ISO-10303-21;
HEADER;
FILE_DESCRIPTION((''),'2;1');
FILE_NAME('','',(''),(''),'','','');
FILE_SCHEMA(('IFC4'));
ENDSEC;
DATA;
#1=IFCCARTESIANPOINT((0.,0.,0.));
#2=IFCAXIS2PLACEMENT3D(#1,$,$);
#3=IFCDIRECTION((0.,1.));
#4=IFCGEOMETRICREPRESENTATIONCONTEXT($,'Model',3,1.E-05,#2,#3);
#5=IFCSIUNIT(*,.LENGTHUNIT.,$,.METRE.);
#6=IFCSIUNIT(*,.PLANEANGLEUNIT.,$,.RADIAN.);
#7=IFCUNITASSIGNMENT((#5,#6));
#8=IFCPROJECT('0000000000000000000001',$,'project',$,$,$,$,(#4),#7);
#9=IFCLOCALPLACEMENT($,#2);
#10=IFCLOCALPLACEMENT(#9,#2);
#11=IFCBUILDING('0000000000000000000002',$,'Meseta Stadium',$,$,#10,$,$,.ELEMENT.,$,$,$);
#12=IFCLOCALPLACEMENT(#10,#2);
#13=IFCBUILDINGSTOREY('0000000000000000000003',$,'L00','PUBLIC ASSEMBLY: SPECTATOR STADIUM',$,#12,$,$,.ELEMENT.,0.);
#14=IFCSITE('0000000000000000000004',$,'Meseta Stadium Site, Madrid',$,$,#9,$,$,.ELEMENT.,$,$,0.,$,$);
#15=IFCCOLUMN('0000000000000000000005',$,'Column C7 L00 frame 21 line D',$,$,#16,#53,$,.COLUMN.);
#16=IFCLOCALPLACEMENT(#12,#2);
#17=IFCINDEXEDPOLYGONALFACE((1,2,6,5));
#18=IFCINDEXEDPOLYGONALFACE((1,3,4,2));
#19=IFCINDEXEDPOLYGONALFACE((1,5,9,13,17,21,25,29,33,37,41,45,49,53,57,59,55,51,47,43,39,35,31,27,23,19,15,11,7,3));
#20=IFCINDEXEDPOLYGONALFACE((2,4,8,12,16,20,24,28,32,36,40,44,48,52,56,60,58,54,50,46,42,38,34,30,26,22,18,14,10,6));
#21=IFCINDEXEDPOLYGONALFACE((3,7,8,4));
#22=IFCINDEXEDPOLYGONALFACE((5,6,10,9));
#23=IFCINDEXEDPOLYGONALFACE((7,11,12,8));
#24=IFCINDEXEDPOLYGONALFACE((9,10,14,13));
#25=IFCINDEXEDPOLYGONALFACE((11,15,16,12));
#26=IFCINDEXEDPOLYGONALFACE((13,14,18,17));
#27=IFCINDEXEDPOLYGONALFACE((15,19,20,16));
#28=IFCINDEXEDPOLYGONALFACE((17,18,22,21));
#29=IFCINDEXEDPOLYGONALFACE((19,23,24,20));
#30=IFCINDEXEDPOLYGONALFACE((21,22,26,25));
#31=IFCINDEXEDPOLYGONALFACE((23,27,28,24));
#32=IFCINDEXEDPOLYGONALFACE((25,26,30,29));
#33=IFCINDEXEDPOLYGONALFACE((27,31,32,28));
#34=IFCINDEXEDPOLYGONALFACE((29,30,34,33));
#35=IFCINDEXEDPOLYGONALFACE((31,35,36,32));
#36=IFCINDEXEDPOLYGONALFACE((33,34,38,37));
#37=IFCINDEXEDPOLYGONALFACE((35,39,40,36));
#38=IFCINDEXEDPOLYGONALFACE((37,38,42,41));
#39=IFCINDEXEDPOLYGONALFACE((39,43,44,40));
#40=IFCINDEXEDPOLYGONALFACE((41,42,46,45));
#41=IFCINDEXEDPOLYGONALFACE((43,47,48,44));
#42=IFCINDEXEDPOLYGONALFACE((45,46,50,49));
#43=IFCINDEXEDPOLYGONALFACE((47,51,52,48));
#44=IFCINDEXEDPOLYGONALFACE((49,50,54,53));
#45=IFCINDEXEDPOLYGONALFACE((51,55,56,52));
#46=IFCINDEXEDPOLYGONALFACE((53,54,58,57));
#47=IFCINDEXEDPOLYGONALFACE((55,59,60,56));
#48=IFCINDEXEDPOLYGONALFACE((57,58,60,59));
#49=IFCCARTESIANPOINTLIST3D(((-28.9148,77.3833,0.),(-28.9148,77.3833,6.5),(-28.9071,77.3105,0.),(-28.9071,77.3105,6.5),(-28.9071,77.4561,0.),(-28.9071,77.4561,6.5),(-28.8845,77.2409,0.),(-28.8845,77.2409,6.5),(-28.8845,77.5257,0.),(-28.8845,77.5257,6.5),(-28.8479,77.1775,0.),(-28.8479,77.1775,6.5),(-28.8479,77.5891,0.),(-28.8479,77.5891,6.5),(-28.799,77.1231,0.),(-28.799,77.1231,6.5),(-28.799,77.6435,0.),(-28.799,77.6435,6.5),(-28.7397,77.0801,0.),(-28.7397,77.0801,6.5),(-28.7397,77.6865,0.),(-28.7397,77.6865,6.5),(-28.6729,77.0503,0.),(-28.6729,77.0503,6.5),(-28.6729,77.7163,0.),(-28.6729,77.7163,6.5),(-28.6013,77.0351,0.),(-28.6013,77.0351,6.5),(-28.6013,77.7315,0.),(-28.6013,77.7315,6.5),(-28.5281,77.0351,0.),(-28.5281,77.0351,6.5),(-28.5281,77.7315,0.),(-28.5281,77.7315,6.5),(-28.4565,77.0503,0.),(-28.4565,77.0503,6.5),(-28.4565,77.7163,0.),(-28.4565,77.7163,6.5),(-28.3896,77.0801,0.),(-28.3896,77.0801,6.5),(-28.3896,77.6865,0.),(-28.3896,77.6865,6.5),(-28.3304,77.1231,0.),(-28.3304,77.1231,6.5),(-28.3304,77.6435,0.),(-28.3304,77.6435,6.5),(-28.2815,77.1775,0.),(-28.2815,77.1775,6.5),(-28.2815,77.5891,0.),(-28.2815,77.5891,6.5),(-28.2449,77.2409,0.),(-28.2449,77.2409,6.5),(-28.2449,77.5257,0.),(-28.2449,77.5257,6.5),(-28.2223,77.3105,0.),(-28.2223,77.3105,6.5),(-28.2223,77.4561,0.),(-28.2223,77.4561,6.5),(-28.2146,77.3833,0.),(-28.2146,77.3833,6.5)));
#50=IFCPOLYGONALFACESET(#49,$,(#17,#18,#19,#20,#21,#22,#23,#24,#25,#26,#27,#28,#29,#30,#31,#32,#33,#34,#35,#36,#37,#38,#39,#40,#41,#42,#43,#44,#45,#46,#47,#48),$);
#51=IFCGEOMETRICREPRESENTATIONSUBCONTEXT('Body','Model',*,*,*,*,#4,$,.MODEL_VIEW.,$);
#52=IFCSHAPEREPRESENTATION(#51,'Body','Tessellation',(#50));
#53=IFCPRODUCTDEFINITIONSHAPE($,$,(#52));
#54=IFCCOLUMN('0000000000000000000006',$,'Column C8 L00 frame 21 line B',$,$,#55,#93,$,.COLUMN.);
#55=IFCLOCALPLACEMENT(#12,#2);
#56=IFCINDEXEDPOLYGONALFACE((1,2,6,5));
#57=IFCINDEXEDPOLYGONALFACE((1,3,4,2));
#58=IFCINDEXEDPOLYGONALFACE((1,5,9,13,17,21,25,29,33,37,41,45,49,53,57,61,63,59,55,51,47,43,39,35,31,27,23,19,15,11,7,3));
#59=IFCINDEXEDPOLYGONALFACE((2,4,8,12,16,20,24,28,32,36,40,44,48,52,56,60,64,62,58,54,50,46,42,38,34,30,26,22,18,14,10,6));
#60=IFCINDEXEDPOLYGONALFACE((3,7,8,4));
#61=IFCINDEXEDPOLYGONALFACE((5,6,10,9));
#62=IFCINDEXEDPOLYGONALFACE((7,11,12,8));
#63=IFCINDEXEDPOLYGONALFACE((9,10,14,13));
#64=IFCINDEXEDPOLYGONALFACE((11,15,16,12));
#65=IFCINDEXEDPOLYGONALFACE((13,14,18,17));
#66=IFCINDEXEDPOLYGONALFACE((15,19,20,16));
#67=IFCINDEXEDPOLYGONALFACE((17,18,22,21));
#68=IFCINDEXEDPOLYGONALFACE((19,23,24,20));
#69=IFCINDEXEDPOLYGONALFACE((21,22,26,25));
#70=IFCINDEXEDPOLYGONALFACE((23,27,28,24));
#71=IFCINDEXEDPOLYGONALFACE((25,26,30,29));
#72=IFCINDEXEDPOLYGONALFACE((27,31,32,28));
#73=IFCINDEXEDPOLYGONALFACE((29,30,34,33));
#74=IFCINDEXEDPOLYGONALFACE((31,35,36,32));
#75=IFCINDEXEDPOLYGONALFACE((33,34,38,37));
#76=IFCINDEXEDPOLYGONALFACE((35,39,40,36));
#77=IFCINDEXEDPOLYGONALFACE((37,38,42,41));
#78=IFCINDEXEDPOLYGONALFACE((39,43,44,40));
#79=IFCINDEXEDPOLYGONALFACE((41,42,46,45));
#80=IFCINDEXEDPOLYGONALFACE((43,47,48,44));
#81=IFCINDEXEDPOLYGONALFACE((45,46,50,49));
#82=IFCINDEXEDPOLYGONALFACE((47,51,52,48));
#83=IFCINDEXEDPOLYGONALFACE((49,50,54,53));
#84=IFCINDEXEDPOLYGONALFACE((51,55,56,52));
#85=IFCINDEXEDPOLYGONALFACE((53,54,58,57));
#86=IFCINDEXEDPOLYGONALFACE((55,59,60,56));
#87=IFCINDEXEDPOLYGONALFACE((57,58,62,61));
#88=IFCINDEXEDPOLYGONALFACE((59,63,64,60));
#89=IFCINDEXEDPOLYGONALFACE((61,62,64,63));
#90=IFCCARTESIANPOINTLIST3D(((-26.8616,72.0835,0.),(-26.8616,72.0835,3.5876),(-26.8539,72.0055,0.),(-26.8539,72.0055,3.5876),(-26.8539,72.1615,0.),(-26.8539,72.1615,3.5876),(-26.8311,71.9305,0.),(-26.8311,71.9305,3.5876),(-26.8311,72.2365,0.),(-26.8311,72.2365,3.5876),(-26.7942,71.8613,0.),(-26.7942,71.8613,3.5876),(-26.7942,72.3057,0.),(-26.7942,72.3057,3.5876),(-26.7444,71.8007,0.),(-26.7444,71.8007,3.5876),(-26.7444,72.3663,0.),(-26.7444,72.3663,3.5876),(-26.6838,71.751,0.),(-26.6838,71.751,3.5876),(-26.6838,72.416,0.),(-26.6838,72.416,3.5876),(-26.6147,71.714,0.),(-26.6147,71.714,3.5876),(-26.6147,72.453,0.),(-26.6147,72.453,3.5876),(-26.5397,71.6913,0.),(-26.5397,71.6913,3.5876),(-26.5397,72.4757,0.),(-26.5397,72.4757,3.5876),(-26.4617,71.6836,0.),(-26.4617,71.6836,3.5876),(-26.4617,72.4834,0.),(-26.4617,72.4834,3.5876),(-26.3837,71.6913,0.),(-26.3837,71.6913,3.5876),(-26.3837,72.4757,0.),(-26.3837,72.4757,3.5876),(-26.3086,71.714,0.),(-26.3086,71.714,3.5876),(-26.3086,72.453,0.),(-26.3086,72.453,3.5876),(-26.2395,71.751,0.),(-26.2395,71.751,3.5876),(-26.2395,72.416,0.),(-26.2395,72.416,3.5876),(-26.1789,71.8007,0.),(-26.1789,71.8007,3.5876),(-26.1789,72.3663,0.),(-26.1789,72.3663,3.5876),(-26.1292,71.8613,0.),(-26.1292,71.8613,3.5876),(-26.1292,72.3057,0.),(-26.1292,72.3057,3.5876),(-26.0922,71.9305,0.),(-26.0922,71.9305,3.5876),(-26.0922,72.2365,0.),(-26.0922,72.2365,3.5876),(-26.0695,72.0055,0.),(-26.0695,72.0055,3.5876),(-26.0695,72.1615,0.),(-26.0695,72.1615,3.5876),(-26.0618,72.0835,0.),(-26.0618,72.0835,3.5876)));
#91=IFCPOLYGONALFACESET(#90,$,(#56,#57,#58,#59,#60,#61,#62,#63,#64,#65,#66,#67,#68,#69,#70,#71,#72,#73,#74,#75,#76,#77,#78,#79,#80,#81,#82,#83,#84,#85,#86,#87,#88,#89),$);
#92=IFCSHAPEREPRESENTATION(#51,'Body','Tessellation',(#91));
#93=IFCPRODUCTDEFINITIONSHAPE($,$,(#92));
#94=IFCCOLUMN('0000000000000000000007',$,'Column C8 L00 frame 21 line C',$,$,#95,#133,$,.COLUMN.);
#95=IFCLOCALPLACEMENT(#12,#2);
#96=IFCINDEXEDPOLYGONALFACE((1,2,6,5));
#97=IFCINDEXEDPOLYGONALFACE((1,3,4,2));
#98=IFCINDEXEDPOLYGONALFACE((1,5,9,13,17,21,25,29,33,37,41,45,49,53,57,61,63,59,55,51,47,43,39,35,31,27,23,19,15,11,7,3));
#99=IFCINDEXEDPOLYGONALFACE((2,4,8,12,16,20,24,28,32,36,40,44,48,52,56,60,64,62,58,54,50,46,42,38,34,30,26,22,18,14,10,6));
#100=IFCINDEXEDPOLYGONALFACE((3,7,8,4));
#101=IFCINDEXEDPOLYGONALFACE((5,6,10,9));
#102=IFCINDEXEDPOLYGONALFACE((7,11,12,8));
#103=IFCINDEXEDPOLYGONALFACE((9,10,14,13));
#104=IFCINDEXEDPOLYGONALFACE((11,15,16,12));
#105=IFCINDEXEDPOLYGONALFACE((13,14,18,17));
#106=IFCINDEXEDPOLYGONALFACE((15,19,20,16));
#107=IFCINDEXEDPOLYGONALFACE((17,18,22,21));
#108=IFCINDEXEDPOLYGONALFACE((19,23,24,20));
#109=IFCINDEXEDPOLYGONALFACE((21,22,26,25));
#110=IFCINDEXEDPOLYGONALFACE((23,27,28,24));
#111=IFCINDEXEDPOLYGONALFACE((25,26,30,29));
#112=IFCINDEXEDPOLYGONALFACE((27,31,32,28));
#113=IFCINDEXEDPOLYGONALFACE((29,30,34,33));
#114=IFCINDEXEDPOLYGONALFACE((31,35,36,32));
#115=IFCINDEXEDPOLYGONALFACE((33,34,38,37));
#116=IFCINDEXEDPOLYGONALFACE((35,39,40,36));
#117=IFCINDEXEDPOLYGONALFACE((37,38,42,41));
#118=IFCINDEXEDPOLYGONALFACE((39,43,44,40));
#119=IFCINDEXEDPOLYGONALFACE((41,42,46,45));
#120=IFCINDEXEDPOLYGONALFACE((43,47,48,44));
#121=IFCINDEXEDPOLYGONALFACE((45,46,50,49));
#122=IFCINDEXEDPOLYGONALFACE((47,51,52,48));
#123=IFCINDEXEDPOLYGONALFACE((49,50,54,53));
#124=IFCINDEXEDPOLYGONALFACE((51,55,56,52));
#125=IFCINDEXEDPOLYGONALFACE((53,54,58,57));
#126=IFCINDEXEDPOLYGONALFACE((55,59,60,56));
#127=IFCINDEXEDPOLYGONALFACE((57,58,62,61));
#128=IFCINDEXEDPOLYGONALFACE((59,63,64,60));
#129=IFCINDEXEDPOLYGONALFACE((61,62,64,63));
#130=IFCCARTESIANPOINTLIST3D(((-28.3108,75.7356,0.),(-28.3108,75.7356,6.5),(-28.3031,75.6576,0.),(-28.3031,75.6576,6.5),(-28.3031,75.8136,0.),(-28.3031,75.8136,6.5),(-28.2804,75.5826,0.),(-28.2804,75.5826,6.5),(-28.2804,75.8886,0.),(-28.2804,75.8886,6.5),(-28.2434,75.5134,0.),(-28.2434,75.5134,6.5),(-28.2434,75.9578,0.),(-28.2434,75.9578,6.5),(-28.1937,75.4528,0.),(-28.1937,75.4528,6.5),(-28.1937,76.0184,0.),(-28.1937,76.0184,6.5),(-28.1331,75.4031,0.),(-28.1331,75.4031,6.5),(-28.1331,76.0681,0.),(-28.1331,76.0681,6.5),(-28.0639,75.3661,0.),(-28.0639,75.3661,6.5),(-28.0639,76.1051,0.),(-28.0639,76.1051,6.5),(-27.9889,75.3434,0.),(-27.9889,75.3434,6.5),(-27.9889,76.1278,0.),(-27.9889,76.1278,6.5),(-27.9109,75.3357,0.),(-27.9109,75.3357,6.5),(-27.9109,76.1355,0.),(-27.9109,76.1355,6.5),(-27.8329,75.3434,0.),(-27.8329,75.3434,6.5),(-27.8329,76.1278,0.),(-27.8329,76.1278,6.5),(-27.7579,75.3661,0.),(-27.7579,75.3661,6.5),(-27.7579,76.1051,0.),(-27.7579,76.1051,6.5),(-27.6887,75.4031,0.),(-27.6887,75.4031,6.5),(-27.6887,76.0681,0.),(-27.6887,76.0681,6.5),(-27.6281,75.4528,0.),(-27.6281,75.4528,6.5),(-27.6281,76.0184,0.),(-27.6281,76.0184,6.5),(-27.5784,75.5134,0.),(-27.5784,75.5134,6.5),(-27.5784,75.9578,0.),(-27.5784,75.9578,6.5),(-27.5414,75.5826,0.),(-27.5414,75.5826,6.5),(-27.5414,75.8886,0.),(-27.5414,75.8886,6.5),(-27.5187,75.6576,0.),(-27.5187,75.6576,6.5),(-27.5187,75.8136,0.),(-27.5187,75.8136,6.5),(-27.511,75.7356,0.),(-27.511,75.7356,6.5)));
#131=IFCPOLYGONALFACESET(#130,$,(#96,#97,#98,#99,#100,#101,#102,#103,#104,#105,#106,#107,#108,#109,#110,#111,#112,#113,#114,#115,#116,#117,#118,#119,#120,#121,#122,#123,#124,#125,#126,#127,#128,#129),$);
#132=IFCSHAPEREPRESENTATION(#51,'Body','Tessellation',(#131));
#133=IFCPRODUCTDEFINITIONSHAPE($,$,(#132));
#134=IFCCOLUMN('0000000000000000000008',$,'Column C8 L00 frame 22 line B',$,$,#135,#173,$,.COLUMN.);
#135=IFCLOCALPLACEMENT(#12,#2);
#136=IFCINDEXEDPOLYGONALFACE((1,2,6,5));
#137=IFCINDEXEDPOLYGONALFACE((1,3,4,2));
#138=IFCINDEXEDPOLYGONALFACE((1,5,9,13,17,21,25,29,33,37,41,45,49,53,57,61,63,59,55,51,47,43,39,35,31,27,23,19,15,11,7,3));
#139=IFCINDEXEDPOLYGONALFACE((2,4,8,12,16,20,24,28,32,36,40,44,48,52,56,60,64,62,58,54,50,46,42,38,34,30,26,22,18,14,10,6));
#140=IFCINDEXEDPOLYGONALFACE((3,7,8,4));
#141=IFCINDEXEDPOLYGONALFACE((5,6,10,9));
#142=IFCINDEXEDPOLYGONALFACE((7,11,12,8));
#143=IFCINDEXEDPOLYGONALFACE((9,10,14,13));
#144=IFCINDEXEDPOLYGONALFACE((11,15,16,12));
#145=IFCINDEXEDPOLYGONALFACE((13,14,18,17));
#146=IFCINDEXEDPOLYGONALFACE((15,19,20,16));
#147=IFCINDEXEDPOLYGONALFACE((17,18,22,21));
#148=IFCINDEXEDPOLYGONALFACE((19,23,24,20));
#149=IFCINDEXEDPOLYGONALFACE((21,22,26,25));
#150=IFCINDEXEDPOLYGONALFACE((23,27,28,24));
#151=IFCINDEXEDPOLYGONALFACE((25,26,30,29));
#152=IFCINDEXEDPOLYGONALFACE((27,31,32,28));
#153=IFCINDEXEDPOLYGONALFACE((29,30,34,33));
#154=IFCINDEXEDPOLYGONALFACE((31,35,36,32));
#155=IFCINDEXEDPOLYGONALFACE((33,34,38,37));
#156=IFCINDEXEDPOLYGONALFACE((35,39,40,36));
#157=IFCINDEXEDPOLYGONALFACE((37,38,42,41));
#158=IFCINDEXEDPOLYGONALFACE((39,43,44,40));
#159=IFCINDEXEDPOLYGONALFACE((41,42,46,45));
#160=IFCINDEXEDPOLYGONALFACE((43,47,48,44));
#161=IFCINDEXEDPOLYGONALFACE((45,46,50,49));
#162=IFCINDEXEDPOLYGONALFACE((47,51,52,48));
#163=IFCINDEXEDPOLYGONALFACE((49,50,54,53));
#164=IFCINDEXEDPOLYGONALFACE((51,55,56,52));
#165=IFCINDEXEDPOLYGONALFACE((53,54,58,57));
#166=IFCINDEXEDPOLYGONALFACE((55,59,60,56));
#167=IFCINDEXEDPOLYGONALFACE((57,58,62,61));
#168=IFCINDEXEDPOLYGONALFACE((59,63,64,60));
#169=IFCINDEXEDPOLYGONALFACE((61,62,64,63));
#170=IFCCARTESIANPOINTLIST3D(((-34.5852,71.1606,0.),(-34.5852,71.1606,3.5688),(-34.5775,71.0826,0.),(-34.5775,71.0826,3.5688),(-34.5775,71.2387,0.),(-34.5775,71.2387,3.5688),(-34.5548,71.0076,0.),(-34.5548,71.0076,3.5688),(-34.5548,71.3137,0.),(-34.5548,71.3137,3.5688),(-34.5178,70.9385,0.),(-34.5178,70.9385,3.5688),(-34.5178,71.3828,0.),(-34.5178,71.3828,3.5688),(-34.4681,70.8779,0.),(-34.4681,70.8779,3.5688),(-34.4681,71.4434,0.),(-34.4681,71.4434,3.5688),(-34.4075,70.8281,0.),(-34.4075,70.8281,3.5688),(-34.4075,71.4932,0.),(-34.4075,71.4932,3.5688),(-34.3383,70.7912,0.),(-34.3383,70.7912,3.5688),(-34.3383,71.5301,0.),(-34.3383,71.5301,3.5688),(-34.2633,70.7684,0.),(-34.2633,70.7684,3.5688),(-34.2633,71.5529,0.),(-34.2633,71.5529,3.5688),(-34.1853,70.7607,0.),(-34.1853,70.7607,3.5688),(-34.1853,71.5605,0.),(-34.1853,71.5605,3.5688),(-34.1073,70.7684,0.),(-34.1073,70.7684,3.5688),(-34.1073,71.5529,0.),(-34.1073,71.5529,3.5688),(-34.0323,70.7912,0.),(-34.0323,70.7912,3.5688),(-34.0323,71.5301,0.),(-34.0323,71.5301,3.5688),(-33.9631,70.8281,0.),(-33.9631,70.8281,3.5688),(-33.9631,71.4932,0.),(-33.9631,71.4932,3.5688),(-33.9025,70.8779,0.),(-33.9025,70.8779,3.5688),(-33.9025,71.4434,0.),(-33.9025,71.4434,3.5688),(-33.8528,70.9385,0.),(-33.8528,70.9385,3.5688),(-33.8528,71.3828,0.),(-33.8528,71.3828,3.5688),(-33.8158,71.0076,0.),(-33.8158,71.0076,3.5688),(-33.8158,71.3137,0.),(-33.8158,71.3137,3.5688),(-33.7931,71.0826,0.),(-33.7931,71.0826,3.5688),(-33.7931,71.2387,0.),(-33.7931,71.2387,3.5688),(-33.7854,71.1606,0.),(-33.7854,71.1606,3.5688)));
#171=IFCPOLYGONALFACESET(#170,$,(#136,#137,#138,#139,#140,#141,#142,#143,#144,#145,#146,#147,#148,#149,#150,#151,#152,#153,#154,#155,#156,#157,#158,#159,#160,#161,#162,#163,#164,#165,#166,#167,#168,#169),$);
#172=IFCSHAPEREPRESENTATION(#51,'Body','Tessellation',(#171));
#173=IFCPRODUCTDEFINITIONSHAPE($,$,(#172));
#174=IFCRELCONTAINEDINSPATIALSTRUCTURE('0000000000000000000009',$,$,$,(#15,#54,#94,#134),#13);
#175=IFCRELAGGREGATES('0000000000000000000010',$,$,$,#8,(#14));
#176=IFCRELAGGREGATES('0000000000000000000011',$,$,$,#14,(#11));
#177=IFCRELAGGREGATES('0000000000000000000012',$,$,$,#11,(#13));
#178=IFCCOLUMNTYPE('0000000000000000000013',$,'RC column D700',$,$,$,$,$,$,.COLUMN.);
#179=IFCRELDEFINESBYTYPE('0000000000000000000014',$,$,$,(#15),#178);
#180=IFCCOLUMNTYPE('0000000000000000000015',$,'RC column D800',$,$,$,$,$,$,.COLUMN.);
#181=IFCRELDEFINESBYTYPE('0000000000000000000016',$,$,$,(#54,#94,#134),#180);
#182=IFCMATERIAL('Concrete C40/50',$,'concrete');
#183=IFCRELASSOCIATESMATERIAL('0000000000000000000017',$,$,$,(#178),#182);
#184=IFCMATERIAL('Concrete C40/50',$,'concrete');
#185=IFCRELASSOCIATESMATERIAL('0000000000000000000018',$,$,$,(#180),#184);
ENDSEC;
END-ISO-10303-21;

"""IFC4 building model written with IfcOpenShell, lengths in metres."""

from ifc_helpers import new_model, si_unit, direction, frame, origin, origin_2d, place, context, subcontext, project, spatial, circle, extrude, material, material_profile, profile_set, type_object, element, save


model = new_model("IFC4")

# Units and contexts
model_context = context("Model", 3, precision=1e-05, world=origin(), true_north=direction((0.0, 1.0)))
body_context = subcontext(model_context, "Body", "Model", "MODEL_VIEW")
ifc_project = project(units=[si_unit("LENGTHUNIT", "METRE"), si_unit("PLANEANGLEUNIT", "RADIAN")], contexts=[model_context])

# Site, building, storey
site_placement = place(None, origin())
site = spatial("IfcSite", under=ifc_project, at=site_placement, Name="Meseta Stadium Site, Madrid", CompositionType="ELEMENT", RefElevation=0.0)
building_placement = place(site_placement, origin())
building = spatial("IfcBuilding", under=site, at=building_placement, Name="Meseta Stadium", CompositionType="ELEMENT")
storey_placement = place(building_placement, origin())
storey = spatial("IfcBuildingStorey", under=building, at=storey_placement, Name="L00", Description="PUBLIC ASSEMBLY: SPECTATOR STADIUM", CompositionType="ELEMENT", Elevation=0.0)

# Columns
ifc_material_1 = material(Name="Concrete C40/50", Category="concrete")
ifc_material_profile_1 = material_profile(ifc_material_1, circle(Radius=0.3501, at=origin_2d()), Name="RC D700")
ifc_profile_set_1 = profile_set([ifc_material_profile_1], Name="Concrete C40/50")
column_type_1 = type_object("IfcColumnType", Name="RC column D700", PredefinedType="COLUMN", material=ifc_profile_set_1)
column_1_placement = place(storey_placement, frame((-28.5647, 77.3833, 0.0), z_axis=(0.0, 0.0, 1.0), x_axis=(1.0, 0.0, 0.0)))
element("IfcColumn", 1, at=column_1_placement, inside=storey, type_object=column_type_1, Name="Column C7 L00 frame 21 line D", PredefinedType="COLUMN", context=body_context, shape_type="SweptSolid", body=[
    extrude(circle(Radius=0.3501, at=origin_2d()), origin(), (0.0, 0.0, 1.0), 6.5),
])
ifc_material_2 = material(Name="Concrete C40/50", Category="concrete")
ifc_material_profile_2 = material_profile(ifc_material_2, circle(Radius=0.3999, at=origin_2d()), Name="RC D800")
ifc_profile_set_2 = profile_set([ifc_material_profile_2], Name="Concrete C40/50")
column_type_2 = type_object("IfcColumnType", Name="RC column D800", PredefinedType="COLUMN", material=ifc_profile_set_2)
column_2_placement = place(storey_placement, frame((-26.4617, 72.0835, 0.0), z_axis=(0.0, 0.0, 1.0), x_axis=(1.0, 0.0, 0.0)))
element("IfcColumn", 2, at=column_2_placement, inside=storey, type_object=column_type_2, Name="Column C8 L00 frame 21 line B", PredefinedType="COLUMN", context=body_context, shape_type="SweptSolid", body=[
    extrude(circle(Radius=0.3999, at=origin_2d()), origin(), (0.0, 0.0, 1.0), 3.5876),
])
column_3_placement = place(storey_placement, frame((-27.9109, 75.7356, 0.0), z_axis=(0.0, 0.0, 1.0), x_axis=(1.0, 0.0, 0.0)))
element("IfcColumn", 3, at=column_3_placement, inside=storey, type_object=column_type_2, Name="Column C8 L00 frame 21 line C", PredefinedType="COLUMN", context=body_context, shape_type="SweptSolid", body=[
    extrude(circle(Radius=0.3999, at=origin_2d()), origin(), (0.0, 0.0, 1.0), 6.5),
])
column_4_placement = place(storey_placement, frame((-34.1853, 71.1606, 0.0), z_axis=(0.0, 0.0, 1.0), x_axis=(1.0, 0.0, 0.0)))
element("IfcColumn", 4, at=column_4_placement, inside=storey, type_object=column_type_2, Name="Column C8 L00 frame 22 line B", PredefinedType="COLUMN", context=body_context, shape_type="SweptSolid", body=[
    extrude(circle(Radius=0.3999, at=origin_2d()), origin(), (0.0, 0.0, 1.0), 3.5688),
])

save(model, "model.ifc")
